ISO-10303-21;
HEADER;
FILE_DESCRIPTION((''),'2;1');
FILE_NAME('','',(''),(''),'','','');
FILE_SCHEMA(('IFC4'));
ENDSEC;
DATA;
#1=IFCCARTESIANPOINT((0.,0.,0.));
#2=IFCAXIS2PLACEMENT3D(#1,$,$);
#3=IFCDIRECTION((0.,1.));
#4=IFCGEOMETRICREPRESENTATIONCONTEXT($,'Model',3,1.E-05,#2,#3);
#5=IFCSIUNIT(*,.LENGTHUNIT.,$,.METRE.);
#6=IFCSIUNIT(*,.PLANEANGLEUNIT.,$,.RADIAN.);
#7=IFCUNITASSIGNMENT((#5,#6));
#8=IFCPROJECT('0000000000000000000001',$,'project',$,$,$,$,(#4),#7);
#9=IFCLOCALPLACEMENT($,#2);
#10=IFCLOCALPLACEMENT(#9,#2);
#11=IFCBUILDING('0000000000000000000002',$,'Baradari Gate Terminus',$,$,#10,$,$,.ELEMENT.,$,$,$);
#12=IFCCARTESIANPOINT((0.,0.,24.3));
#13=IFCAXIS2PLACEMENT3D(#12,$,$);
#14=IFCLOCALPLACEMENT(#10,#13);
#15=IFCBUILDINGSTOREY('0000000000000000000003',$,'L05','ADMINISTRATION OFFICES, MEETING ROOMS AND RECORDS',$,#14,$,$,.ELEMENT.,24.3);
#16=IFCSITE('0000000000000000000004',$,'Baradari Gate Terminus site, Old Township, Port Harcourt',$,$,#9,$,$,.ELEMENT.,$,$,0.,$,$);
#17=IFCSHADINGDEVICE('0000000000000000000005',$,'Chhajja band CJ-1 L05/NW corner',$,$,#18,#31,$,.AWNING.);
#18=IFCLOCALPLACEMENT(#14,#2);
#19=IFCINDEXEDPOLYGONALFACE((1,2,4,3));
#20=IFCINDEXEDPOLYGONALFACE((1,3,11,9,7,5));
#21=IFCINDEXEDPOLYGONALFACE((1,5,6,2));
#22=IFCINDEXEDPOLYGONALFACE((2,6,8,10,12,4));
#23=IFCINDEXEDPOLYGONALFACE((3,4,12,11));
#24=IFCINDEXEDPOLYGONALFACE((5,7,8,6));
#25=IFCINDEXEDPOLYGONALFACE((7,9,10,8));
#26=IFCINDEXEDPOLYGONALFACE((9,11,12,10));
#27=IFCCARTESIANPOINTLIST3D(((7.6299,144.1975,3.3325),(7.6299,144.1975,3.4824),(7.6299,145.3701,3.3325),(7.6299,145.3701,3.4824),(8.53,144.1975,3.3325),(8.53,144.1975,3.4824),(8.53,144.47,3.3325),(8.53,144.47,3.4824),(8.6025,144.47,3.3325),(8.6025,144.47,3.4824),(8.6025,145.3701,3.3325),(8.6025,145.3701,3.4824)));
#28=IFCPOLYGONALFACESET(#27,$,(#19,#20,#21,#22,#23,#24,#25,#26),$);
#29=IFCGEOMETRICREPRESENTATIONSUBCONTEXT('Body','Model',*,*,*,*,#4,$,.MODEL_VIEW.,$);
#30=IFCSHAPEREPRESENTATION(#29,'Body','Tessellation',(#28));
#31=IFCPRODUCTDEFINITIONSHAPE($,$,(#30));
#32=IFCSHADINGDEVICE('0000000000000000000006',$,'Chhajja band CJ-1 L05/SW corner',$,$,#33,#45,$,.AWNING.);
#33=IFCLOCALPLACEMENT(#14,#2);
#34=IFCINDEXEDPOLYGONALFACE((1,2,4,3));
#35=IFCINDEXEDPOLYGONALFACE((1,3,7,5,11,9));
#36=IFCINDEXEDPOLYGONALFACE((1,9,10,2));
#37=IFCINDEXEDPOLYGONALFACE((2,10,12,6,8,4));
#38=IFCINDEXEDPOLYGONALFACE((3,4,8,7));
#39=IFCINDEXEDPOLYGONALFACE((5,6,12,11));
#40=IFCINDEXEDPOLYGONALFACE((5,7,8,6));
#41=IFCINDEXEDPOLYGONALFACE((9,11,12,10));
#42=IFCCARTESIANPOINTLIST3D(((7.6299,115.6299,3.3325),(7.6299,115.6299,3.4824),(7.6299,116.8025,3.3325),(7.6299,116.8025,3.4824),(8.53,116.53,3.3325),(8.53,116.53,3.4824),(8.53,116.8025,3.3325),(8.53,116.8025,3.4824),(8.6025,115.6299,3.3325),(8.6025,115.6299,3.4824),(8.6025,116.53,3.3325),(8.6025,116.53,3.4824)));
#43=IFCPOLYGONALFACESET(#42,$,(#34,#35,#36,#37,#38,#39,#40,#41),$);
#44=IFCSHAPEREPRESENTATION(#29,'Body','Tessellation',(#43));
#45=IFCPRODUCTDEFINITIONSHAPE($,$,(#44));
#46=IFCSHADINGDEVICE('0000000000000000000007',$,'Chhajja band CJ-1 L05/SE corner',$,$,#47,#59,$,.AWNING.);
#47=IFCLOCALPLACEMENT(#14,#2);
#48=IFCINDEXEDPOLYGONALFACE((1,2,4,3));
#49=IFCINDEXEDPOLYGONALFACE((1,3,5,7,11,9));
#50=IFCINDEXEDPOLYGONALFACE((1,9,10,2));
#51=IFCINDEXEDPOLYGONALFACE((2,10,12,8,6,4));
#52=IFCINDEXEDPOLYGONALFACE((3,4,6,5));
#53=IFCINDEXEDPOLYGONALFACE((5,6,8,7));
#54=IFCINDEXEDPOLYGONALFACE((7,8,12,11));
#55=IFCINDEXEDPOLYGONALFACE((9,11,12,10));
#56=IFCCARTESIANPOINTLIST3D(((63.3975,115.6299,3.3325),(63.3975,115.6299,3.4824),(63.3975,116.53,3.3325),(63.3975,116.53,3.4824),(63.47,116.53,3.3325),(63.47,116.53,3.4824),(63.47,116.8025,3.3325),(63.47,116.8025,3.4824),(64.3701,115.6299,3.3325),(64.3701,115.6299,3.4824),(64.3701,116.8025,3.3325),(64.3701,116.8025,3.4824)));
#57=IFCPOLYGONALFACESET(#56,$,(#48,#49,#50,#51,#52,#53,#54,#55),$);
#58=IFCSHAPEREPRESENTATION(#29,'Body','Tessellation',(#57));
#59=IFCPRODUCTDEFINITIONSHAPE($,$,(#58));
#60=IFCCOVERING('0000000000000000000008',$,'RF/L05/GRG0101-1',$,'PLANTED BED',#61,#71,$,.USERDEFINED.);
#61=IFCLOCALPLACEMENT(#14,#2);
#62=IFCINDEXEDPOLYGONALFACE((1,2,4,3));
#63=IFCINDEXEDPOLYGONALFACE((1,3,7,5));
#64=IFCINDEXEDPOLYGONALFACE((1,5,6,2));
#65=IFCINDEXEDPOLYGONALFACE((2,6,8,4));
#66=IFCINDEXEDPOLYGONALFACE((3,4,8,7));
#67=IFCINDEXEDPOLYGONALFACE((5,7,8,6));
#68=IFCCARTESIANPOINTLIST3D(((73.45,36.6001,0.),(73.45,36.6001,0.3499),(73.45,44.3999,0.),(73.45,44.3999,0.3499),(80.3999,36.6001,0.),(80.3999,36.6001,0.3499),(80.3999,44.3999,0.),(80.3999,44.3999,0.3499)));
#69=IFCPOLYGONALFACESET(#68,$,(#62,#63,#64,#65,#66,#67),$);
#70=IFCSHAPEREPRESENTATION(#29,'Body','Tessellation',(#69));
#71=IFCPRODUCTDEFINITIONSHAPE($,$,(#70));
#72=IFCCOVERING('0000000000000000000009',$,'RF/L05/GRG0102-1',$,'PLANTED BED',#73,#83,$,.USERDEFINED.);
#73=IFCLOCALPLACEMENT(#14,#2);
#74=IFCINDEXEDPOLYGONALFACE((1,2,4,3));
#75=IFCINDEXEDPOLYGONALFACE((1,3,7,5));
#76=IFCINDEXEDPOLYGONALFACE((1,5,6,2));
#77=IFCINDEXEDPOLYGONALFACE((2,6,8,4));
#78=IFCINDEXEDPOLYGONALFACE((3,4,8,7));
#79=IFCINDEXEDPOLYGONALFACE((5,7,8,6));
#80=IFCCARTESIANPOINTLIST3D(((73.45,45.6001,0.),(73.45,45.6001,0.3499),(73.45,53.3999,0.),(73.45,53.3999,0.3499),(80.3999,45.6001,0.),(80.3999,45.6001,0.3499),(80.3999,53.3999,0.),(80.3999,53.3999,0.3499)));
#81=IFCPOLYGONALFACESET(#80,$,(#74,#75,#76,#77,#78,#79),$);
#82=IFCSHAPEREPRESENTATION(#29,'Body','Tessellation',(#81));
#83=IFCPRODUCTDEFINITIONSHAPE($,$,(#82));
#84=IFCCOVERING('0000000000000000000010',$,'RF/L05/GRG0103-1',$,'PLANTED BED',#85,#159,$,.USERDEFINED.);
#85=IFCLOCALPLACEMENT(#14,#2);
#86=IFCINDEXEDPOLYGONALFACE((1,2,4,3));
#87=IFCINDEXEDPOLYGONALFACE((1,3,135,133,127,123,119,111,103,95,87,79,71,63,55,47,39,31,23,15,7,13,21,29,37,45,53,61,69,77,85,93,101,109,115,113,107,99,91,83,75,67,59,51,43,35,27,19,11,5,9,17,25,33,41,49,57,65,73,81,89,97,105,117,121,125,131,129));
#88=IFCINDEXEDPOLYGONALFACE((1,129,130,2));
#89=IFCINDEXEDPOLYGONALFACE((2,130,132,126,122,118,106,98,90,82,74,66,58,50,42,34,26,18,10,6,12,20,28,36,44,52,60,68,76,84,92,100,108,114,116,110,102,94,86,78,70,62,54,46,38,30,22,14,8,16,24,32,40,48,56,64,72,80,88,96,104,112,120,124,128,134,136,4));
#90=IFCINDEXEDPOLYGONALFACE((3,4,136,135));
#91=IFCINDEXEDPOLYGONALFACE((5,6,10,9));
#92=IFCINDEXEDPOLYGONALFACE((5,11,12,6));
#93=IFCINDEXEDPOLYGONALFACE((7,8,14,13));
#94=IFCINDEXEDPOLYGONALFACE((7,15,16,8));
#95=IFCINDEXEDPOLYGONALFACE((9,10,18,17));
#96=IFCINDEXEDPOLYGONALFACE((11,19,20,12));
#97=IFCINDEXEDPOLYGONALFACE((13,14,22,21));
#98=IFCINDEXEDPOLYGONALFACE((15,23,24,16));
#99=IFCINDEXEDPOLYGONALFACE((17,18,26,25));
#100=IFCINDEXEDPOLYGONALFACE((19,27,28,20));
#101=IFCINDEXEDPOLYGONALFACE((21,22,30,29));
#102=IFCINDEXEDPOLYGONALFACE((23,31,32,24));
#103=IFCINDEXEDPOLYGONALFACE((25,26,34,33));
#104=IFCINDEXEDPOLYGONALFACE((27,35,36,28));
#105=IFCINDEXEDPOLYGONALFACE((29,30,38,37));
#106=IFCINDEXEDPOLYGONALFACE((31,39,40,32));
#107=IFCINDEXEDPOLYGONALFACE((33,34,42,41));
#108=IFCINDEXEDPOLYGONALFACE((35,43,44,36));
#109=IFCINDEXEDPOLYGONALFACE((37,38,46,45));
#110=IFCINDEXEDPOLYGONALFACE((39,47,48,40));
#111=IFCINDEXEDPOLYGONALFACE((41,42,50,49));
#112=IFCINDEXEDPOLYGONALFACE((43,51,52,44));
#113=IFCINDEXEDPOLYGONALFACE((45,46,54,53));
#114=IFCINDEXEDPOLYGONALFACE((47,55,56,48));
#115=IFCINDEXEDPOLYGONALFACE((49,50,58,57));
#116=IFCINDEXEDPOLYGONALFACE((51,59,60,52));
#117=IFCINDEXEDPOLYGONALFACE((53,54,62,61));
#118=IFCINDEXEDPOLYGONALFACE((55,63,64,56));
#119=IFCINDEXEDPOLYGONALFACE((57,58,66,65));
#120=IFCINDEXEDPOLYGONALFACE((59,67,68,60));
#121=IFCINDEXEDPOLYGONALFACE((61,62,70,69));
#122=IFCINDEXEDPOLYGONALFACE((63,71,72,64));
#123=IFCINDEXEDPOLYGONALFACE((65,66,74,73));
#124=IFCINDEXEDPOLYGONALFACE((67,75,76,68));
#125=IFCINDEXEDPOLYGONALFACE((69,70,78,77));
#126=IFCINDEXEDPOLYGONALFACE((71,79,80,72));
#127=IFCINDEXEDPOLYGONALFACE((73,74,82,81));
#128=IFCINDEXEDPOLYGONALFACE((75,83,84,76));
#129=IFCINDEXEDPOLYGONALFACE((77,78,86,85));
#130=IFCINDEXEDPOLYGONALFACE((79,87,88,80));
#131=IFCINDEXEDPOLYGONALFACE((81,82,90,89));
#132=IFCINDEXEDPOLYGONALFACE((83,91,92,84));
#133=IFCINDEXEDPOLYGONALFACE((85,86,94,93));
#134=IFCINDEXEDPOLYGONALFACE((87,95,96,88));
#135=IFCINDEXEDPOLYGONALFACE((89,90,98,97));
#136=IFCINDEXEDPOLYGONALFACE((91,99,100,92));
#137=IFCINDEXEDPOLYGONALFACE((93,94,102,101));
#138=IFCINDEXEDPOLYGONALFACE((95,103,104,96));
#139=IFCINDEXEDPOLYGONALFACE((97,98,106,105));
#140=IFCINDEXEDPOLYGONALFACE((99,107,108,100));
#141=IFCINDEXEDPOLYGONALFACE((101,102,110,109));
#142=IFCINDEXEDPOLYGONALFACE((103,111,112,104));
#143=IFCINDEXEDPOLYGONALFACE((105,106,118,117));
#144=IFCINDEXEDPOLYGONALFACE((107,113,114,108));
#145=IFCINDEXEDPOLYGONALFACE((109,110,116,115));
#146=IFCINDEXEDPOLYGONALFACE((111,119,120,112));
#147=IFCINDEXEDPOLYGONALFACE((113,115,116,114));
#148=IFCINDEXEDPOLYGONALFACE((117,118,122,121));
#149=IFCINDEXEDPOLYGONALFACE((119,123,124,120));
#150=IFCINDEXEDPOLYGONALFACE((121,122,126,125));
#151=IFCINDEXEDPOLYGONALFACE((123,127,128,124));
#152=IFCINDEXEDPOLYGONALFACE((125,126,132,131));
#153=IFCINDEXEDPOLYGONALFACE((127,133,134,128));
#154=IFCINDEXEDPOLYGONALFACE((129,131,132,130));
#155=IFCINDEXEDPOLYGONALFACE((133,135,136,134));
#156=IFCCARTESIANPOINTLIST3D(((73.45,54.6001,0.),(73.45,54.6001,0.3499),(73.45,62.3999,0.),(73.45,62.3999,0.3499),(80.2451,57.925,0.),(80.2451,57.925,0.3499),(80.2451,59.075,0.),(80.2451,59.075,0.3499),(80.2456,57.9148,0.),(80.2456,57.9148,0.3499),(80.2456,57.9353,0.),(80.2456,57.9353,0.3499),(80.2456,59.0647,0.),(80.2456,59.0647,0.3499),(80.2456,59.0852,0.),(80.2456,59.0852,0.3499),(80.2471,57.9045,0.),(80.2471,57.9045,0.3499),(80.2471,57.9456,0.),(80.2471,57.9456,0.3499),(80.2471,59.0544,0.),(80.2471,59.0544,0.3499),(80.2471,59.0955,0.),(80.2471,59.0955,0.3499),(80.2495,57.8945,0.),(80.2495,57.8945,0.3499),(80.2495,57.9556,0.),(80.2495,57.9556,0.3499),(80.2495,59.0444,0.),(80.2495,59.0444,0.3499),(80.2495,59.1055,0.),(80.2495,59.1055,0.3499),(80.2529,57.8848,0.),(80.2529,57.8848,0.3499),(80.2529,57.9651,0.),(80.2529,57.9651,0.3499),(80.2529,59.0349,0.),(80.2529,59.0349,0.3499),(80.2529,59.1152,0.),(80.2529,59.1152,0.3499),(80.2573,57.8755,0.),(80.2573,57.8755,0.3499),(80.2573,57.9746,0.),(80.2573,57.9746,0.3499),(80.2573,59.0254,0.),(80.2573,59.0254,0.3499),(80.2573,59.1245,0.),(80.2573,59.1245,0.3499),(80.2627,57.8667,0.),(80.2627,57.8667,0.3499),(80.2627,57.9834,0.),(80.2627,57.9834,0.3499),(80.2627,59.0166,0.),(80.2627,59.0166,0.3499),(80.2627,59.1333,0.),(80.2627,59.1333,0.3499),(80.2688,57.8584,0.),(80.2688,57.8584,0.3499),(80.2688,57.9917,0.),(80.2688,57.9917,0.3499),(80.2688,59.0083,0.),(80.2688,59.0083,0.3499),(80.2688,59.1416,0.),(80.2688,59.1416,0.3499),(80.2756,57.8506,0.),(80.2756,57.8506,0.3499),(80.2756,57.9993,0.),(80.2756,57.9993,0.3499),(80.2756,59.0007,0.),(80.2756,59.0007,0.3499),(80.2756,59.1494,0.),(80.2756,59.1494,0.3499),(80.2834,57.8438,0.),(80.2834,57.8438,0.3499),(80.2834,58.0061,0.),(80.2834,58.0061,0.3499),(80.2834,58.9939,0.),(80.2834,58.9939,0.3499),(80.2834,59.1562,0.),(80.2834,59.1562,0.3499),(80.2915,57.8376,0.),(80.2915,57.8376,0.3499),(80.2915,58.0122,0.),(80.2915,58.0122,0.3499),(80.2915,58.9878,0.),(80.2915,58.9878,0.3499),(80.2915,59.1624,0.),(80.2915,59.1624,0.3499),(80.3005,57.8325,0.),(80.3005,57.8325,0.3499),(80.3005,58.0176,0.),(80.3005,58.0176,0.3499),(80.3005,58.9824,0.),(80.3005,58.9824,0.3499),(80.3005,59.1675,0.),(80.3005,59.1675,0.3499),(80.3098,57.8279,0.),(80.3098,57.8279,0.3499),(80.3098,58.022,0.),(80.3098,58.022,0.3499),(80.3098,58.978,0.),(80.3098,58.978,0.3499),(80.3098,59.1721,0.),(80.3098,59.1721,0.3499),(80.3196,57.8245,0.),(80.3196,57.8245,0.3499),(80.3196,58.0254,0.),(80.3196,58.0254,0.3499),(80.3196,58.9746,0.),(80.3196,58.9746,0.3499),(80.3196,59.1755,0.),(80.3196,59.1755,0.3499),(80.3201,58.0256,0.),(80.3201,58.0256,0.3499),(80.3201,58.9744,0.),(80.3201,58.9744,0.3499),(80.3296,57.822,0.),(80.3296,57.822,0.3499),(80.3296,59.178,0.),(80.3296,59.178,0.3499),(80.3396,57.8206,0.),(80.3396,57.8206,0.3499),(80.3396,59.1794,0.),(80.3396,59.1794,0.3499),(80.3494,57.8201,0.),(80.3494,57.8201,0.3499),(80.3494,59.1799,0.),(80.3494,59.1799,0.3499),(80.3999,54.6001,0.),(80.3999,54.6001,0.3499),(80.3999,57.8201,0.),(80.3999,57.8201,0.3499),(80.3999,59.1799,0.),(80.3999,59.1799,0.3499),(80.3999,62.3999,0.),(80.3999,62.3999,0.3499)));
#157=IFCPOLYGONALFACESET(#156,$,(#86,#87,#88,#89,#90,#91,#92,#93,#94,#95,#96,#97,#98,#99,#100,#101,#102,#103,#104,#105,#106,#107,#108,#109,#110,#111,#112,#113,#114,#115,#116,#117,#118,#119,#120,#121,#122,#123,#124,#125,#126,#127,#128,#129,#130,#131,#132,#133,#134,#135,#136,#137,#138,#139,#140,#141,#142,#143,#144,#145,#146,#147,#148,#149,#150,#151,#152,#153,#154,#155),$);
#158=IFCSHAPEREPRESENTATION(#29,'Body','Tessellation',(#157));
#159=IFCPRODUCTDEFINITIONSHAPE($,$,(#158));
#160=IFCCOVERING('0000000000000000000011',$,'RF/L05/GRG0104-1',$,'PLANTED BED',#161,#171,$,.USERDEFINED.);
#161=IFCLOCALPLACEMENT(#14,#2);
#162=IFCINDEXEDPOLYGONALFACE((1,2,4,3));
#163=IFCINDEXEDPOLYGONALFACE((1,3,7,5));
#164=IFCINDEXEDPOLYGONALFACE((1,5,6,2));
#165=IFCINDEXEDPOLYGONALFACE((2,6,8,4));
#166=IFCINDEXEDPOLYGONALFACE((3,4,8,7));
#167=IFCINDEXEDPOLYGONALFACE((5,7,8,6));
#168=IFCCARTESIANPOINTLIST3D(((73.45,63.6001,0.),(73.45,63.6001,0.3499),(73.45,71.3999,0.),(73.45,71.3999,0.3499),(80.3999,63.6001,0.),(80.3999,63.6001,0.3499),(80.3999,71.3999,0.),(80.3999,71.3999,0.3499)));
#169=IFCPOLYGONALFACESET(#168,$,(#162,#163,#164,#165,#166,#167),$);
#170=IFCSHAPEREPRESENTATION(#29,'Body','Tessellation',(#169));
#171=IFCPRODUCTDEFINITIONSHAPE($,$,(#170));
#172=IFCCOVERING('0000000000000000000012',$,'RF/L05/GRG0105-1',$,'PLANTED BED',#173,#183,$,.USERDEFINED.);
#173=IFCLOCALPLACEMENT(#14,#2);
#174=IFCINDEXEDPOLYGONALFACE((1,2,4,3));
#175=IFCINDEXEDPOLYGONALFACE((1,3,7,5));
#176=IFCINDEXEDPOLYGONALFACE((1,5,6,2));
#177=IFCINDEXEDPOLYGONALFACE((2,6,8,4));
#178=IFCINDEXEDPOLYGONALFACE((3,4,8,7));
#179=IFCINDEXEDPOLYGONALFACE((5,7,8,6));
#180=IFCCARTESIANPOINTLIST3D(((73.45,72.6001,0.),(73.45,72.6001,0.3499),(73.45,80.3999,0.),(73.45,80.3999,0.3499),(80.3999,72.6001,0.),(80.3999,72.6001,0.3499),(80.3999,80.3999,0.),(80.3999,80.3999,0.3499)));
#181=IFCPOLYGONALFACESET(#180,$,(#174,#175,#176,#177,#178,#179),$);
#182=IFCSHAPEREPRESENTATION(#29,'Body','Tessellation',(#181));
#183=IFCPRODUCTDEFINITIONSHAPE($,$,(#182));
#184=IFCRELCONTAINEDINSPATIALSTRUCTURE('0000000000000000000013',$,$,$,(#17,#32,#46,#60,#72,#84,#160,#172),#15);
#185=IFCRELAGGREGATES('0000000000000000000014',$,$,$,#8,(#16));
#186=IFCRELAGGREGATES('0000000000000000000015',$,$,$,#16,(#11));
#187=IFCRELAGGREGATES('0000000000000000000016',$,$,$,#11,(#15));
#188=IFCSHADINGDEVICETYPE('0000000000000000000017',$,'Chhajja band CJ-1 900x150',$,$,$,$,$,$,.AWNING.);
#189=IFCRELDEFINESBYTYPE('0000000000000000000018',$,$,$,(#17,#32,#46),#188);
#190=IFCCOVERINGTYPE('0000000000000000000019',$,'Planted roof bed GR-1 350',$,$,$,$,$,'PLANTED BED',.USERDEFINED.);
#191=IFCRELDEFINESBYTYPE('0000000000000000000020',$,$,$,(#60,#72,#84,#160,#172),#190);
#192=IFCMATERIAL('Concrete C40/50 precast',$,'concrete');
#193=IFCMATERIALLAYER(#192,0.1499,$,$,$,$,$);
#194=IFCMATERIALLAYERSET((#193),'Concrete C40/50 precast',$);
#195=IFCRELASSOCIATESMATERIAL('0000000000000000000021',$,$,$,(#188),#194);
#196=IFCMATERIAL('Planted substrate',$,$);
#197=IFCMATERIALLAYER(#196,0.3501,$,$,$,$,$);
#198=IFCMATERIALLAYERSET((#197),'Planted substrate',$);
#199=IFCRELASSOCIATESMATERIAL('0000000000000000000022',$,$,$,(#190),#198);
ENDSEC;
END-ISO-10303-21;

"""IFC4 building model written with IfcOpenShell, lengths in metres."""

from ifc_helpers import new_model, si_unit, direction, frame, origin, place, context, subcontext, project, spatial, polyline, outline, extrude, material, layer, layer_set, type_object, element, save


model = new_model("IFC4")

# Units and contexts
model_context = context("Model", 3, precision=1e-05, world=origin(), true_north=direction((0.0, 1.0)))
body_context = subcontext(model_context, "Body", "Model", "MODEL_VIEW")
ifc_project = project(units=[si_unit("LENGTHUNIT", "METRE"), si_unit("PLANEANGLEUNIT", "RADIAN")], contexts=[model_context])

# Site, building, storey
site_placement = place(None, origin())
site = spatial("IfcSite", under=ifc_project, at=site_placement, Name="Baradari Gate Terminus site, Old Township, Port Harcourt", CompositionType="ELEMENT", RefElevation=0.0)
building_placement = place(site_placement, origin())
building = spatial("IfcBuilding", under=site, at=building_placement, Name="Baradari Gate Terminus", CompositionType="ELEMENT")
storey_placement = place(building_placement, frame((0.0, 0.0, 24.3)))
storey = spatial("IfcBuildingStorey", under=building, at=storey_placement, Name="L05", Description="ADMINISTRATION OFFICES, MEETING ROOMS AND RECORDS", CompositionType="ELEMENT", Elevation=24.3)

# Shading devices
ifc_material_1 = material(Name="Concrete C40/50 precast", Category="concrete")
ifc_layer_1 = layer(ifc_material_1, 0.1499)
ifc_layer_set_1 = layer_set([ifc_layer_1], Name="Concrete C40/50 precast")
shading_device_type = type_object("IfcShadingDeviceType", Name="Chhajja band CJ-1 900x150", PredefinedType="AWNING", material=ifc_layer_set_1)
shading_device_1_placement = place(storey_placement, frame((0.0, 0.0, 3.3325)))
element("IfcShadingDevice", 1, at=shading_device_1_placement, inside=storey, type_object=shading_device_type, Name="Chhajja band CJ-1 L05/NW corner", PredefinedType="AWNING", context=body_context, shape_type="SweptSolid", body=[
    extrude(outline(polyline([(7.6299, 144.1975), (8.53, 144.1975), (8.53, 144.47), (8.6025, 144.47), (8.6025, 145.3701), (7.6299, 145.3701), (7.6299, 144.1975)])), origin(), (0.0, 0.0, 1.0), 0.1499),
])
shading_device_2_placement = place(storey_placement, frame((0.0, 0.0, 3.3325)))
element("IfcShadingDevice", 2, at=shading_device_2_placement, inside=storey, type_object=shading_device_type, Name="Chhajja band CJ-1 L05/SW corner", PredefinedType="AWNING", context=body_context, shape_type="SweptSolid", body=[
    extrude(outline(polyline([(7.6299, 116.8025), (8.53, 116.8025), (8.53, 116.53), (8.6025, 116.53), (8.6025, 115.6299), (7.6299, 115.6299), (7.6299, 116.8025)])), origin(), (0.0, 0.0, 1.0), 0.1499),
])
shading_device_3_placement = place(storey_placement, frame((0.0, 0.0, 3.3325)))
element("IfcShadingDevice", 3, at=shading_device_3_placement, inside=storey, type_object=shading_device_type, Name="Chhajja band CJ-1 L05/SE corner", PredefinedType="AWNING", context=body_context, shape_type="SweptSolid", body=[
    extrude(outline(polyline([(64.3701, 116.8025), (63.47, 116.8025), (63.47, 116.53), (63.3975, 116.53), (63.3975, 115.6299), (64.3701, 115.6299), (64.3701, 116.8025)])), origin(), (0.0, 0.0, 1.0), 0.1499),
])

# Coverings
ifc_material_2 = material(Name="Planted substrate")
ifc_layer_2 = layer(ifc_material_2, 0.3501)
ifc_layer_set_2 = layer_set([ifc_layer_2], Name="Planted substrate")
covering_type_1 = type_object("IfcCoveringType", Name="Planted roof bed GR-1 350", ElementType="PLANTED BED", PredefinedType="USERDEFINED", material=ifc_layer_set_2)
covering_1_placement = place(storey_placement, origin())
element("IfcCovering", 4, at=covering_1_placement, inside=storey, type_object=covering_type_1, Name="RF/L05/GRG0101-1", ObjectType="PLANTED BED", PredefinedType="USERDEFINED", context=body_context, shape_type="SweptSolid", body=[
    extrude(outline(polyline([(80.3999, 36.6001), (73.45, 36.6001), (73.45, 44.3999), (80.3999, 44.3999), (80.3999, 36.6001)])), origin(), (0.0, 0.0, 1.0), 0.3499),
])
covering_2_placement = place(storey_placement, origin())
element("IfcCovering", 5, at=covering_2_placement, inside=storey, type_object=covering_type_1, Name="RF/L05/GRG0102-1", ObjectType="PLANTED BED", PredefinedType="USERDEFINED", context=body_context, shape_type="SweptSolid", body=[
    extrude(outline(polyline([(80.3999, 45.6001), (73.45, 45.6001), (73.45, 53.3999), (80.3999, 53.3999), (80.3999, 45.6001)])), origin(), (0.0, 0.0, 1.0), 0.3499),
])
covering_3_placement = place(storey_placement, origin())
element("IfcCovering", 6, at=covering_3_placement, inside=storey, type_object=covering_type_1, Name="RF/L05/GRG0103-1", ObjectType="PLANTED BED", PredefinedType="USERDEFINED", context=body_context, shape_type="SweptSolid", body=[
    extrude(outline(polyline([(80.3999, 59.1799), (80.3494, 59.1799), (80.3396, 59.1794), (80.3296, 59.178), (80.3196, 59.1755), (80.3098, 59.1721), (80.3005, 59.1675), (80.2915, 59.1624), (80.2834, 59.1562), (80.2756, 59.1494), (80.2688, 59.1416), (80.2627, 59.1333), (80.2573, 59.1245), (80.2529, 59.1152), (80.2495, 59.1055), (80.2471, 59.0955), (80.2456, 59.0852), (80.2451, 59.075), (80.2456, 59.0647), (80.2471, 59.0544), (80.2495, 59.0444), (80.2529, 59.0349), (80.2573, 59.0254), (80.2627, 59.0166), (80.2688, 59.0083), (80.2756, 59.0007), (80.2834, 58.9939), (80.2915, 58.9878), (80.3005, 58.9824), (80.3098, 58.978), (80.3196, 58.9746), (80.3201, 58.9744), (80.3201, 58.0256), (80.3196, 58.0254), (80.3098, 58.022), (80.3005, 58.0176), (80.2915, 58.0122), (80.2834, 58.0061), (80.2756, 57.9993), (80.2688, 57.9917), (80.2627, 57.9834), (80.2573, 57.9746), (80.2529, 57.9651), (80.2495, 57.9556), (80.2471, 57.9456), (80.2456, 57.9353), (80.2451, 57.925), (80.2456, 57.9148), (80.2471, 57.9045), (80.2495, 57.8945), (80.2529, 57.8848), (80.2573, 57.8755), (80.2627, 57.8667), (80.2688, 57.8584), (80.2756, 57.8506), (80.2834, 57.8438), (80.2915, 57.8376), (80.3005, 57.8325), (80.3098, 57.8279), (80.3196, 57.8245), (80.3296, 57.822), (80.3396, 57.8206), (80.3494, 57.8201), (80.3999, 57.8201), (80.3999, 54.6001), (73.45, 54.6001), (73.45, 62.3999), (80.3999, 62.3999), (80.3999, 59.1799)])), origin(), (0.0, 0.0, 1.0), 0.3499),
])
covering_4_placement = place(storey_placement, origin())
element("IfcCovering", 7, at=covering_4_placement, inside=storey, type_object=covering_type_1, Name="RF/L05/GRG0104-1", ObjectType="PLANTED BED", PredefinedType="USERDEFINED", context=body_context, shape_type="SweptSolid", body=[
    extrude(outline(polyline([(80.3999, 63.6001), (73.45, 63.6001), (73.45, 71.3999), (80.3999, 71.3999), (80.3999, 63.6001)])), origin(), (0.0, 0.0, 1.0), 0.3499),
])
covering_5_placement = place(storey_placement, origin())
element("IfcCovering", 8, at=covering_5_placement, inside=storey, type_object=covering_type_1, Name="RF/L05/GRG0105-1", ObjectType="PLANTED BED", PredefinedType="USERDEFINED", context=body_context, shape_type="SweptSolid", body=[
    extrude(outline(polyline([(73.45, 72.6001), (73.45, 80.3999), (80.3999, 80.3999), (80.3999, 72.6001), (73.45, 72.6001)])), origin(), (0.0, 0.0, 1.0), 0.3499),
])

save(model, "model.ifc")
